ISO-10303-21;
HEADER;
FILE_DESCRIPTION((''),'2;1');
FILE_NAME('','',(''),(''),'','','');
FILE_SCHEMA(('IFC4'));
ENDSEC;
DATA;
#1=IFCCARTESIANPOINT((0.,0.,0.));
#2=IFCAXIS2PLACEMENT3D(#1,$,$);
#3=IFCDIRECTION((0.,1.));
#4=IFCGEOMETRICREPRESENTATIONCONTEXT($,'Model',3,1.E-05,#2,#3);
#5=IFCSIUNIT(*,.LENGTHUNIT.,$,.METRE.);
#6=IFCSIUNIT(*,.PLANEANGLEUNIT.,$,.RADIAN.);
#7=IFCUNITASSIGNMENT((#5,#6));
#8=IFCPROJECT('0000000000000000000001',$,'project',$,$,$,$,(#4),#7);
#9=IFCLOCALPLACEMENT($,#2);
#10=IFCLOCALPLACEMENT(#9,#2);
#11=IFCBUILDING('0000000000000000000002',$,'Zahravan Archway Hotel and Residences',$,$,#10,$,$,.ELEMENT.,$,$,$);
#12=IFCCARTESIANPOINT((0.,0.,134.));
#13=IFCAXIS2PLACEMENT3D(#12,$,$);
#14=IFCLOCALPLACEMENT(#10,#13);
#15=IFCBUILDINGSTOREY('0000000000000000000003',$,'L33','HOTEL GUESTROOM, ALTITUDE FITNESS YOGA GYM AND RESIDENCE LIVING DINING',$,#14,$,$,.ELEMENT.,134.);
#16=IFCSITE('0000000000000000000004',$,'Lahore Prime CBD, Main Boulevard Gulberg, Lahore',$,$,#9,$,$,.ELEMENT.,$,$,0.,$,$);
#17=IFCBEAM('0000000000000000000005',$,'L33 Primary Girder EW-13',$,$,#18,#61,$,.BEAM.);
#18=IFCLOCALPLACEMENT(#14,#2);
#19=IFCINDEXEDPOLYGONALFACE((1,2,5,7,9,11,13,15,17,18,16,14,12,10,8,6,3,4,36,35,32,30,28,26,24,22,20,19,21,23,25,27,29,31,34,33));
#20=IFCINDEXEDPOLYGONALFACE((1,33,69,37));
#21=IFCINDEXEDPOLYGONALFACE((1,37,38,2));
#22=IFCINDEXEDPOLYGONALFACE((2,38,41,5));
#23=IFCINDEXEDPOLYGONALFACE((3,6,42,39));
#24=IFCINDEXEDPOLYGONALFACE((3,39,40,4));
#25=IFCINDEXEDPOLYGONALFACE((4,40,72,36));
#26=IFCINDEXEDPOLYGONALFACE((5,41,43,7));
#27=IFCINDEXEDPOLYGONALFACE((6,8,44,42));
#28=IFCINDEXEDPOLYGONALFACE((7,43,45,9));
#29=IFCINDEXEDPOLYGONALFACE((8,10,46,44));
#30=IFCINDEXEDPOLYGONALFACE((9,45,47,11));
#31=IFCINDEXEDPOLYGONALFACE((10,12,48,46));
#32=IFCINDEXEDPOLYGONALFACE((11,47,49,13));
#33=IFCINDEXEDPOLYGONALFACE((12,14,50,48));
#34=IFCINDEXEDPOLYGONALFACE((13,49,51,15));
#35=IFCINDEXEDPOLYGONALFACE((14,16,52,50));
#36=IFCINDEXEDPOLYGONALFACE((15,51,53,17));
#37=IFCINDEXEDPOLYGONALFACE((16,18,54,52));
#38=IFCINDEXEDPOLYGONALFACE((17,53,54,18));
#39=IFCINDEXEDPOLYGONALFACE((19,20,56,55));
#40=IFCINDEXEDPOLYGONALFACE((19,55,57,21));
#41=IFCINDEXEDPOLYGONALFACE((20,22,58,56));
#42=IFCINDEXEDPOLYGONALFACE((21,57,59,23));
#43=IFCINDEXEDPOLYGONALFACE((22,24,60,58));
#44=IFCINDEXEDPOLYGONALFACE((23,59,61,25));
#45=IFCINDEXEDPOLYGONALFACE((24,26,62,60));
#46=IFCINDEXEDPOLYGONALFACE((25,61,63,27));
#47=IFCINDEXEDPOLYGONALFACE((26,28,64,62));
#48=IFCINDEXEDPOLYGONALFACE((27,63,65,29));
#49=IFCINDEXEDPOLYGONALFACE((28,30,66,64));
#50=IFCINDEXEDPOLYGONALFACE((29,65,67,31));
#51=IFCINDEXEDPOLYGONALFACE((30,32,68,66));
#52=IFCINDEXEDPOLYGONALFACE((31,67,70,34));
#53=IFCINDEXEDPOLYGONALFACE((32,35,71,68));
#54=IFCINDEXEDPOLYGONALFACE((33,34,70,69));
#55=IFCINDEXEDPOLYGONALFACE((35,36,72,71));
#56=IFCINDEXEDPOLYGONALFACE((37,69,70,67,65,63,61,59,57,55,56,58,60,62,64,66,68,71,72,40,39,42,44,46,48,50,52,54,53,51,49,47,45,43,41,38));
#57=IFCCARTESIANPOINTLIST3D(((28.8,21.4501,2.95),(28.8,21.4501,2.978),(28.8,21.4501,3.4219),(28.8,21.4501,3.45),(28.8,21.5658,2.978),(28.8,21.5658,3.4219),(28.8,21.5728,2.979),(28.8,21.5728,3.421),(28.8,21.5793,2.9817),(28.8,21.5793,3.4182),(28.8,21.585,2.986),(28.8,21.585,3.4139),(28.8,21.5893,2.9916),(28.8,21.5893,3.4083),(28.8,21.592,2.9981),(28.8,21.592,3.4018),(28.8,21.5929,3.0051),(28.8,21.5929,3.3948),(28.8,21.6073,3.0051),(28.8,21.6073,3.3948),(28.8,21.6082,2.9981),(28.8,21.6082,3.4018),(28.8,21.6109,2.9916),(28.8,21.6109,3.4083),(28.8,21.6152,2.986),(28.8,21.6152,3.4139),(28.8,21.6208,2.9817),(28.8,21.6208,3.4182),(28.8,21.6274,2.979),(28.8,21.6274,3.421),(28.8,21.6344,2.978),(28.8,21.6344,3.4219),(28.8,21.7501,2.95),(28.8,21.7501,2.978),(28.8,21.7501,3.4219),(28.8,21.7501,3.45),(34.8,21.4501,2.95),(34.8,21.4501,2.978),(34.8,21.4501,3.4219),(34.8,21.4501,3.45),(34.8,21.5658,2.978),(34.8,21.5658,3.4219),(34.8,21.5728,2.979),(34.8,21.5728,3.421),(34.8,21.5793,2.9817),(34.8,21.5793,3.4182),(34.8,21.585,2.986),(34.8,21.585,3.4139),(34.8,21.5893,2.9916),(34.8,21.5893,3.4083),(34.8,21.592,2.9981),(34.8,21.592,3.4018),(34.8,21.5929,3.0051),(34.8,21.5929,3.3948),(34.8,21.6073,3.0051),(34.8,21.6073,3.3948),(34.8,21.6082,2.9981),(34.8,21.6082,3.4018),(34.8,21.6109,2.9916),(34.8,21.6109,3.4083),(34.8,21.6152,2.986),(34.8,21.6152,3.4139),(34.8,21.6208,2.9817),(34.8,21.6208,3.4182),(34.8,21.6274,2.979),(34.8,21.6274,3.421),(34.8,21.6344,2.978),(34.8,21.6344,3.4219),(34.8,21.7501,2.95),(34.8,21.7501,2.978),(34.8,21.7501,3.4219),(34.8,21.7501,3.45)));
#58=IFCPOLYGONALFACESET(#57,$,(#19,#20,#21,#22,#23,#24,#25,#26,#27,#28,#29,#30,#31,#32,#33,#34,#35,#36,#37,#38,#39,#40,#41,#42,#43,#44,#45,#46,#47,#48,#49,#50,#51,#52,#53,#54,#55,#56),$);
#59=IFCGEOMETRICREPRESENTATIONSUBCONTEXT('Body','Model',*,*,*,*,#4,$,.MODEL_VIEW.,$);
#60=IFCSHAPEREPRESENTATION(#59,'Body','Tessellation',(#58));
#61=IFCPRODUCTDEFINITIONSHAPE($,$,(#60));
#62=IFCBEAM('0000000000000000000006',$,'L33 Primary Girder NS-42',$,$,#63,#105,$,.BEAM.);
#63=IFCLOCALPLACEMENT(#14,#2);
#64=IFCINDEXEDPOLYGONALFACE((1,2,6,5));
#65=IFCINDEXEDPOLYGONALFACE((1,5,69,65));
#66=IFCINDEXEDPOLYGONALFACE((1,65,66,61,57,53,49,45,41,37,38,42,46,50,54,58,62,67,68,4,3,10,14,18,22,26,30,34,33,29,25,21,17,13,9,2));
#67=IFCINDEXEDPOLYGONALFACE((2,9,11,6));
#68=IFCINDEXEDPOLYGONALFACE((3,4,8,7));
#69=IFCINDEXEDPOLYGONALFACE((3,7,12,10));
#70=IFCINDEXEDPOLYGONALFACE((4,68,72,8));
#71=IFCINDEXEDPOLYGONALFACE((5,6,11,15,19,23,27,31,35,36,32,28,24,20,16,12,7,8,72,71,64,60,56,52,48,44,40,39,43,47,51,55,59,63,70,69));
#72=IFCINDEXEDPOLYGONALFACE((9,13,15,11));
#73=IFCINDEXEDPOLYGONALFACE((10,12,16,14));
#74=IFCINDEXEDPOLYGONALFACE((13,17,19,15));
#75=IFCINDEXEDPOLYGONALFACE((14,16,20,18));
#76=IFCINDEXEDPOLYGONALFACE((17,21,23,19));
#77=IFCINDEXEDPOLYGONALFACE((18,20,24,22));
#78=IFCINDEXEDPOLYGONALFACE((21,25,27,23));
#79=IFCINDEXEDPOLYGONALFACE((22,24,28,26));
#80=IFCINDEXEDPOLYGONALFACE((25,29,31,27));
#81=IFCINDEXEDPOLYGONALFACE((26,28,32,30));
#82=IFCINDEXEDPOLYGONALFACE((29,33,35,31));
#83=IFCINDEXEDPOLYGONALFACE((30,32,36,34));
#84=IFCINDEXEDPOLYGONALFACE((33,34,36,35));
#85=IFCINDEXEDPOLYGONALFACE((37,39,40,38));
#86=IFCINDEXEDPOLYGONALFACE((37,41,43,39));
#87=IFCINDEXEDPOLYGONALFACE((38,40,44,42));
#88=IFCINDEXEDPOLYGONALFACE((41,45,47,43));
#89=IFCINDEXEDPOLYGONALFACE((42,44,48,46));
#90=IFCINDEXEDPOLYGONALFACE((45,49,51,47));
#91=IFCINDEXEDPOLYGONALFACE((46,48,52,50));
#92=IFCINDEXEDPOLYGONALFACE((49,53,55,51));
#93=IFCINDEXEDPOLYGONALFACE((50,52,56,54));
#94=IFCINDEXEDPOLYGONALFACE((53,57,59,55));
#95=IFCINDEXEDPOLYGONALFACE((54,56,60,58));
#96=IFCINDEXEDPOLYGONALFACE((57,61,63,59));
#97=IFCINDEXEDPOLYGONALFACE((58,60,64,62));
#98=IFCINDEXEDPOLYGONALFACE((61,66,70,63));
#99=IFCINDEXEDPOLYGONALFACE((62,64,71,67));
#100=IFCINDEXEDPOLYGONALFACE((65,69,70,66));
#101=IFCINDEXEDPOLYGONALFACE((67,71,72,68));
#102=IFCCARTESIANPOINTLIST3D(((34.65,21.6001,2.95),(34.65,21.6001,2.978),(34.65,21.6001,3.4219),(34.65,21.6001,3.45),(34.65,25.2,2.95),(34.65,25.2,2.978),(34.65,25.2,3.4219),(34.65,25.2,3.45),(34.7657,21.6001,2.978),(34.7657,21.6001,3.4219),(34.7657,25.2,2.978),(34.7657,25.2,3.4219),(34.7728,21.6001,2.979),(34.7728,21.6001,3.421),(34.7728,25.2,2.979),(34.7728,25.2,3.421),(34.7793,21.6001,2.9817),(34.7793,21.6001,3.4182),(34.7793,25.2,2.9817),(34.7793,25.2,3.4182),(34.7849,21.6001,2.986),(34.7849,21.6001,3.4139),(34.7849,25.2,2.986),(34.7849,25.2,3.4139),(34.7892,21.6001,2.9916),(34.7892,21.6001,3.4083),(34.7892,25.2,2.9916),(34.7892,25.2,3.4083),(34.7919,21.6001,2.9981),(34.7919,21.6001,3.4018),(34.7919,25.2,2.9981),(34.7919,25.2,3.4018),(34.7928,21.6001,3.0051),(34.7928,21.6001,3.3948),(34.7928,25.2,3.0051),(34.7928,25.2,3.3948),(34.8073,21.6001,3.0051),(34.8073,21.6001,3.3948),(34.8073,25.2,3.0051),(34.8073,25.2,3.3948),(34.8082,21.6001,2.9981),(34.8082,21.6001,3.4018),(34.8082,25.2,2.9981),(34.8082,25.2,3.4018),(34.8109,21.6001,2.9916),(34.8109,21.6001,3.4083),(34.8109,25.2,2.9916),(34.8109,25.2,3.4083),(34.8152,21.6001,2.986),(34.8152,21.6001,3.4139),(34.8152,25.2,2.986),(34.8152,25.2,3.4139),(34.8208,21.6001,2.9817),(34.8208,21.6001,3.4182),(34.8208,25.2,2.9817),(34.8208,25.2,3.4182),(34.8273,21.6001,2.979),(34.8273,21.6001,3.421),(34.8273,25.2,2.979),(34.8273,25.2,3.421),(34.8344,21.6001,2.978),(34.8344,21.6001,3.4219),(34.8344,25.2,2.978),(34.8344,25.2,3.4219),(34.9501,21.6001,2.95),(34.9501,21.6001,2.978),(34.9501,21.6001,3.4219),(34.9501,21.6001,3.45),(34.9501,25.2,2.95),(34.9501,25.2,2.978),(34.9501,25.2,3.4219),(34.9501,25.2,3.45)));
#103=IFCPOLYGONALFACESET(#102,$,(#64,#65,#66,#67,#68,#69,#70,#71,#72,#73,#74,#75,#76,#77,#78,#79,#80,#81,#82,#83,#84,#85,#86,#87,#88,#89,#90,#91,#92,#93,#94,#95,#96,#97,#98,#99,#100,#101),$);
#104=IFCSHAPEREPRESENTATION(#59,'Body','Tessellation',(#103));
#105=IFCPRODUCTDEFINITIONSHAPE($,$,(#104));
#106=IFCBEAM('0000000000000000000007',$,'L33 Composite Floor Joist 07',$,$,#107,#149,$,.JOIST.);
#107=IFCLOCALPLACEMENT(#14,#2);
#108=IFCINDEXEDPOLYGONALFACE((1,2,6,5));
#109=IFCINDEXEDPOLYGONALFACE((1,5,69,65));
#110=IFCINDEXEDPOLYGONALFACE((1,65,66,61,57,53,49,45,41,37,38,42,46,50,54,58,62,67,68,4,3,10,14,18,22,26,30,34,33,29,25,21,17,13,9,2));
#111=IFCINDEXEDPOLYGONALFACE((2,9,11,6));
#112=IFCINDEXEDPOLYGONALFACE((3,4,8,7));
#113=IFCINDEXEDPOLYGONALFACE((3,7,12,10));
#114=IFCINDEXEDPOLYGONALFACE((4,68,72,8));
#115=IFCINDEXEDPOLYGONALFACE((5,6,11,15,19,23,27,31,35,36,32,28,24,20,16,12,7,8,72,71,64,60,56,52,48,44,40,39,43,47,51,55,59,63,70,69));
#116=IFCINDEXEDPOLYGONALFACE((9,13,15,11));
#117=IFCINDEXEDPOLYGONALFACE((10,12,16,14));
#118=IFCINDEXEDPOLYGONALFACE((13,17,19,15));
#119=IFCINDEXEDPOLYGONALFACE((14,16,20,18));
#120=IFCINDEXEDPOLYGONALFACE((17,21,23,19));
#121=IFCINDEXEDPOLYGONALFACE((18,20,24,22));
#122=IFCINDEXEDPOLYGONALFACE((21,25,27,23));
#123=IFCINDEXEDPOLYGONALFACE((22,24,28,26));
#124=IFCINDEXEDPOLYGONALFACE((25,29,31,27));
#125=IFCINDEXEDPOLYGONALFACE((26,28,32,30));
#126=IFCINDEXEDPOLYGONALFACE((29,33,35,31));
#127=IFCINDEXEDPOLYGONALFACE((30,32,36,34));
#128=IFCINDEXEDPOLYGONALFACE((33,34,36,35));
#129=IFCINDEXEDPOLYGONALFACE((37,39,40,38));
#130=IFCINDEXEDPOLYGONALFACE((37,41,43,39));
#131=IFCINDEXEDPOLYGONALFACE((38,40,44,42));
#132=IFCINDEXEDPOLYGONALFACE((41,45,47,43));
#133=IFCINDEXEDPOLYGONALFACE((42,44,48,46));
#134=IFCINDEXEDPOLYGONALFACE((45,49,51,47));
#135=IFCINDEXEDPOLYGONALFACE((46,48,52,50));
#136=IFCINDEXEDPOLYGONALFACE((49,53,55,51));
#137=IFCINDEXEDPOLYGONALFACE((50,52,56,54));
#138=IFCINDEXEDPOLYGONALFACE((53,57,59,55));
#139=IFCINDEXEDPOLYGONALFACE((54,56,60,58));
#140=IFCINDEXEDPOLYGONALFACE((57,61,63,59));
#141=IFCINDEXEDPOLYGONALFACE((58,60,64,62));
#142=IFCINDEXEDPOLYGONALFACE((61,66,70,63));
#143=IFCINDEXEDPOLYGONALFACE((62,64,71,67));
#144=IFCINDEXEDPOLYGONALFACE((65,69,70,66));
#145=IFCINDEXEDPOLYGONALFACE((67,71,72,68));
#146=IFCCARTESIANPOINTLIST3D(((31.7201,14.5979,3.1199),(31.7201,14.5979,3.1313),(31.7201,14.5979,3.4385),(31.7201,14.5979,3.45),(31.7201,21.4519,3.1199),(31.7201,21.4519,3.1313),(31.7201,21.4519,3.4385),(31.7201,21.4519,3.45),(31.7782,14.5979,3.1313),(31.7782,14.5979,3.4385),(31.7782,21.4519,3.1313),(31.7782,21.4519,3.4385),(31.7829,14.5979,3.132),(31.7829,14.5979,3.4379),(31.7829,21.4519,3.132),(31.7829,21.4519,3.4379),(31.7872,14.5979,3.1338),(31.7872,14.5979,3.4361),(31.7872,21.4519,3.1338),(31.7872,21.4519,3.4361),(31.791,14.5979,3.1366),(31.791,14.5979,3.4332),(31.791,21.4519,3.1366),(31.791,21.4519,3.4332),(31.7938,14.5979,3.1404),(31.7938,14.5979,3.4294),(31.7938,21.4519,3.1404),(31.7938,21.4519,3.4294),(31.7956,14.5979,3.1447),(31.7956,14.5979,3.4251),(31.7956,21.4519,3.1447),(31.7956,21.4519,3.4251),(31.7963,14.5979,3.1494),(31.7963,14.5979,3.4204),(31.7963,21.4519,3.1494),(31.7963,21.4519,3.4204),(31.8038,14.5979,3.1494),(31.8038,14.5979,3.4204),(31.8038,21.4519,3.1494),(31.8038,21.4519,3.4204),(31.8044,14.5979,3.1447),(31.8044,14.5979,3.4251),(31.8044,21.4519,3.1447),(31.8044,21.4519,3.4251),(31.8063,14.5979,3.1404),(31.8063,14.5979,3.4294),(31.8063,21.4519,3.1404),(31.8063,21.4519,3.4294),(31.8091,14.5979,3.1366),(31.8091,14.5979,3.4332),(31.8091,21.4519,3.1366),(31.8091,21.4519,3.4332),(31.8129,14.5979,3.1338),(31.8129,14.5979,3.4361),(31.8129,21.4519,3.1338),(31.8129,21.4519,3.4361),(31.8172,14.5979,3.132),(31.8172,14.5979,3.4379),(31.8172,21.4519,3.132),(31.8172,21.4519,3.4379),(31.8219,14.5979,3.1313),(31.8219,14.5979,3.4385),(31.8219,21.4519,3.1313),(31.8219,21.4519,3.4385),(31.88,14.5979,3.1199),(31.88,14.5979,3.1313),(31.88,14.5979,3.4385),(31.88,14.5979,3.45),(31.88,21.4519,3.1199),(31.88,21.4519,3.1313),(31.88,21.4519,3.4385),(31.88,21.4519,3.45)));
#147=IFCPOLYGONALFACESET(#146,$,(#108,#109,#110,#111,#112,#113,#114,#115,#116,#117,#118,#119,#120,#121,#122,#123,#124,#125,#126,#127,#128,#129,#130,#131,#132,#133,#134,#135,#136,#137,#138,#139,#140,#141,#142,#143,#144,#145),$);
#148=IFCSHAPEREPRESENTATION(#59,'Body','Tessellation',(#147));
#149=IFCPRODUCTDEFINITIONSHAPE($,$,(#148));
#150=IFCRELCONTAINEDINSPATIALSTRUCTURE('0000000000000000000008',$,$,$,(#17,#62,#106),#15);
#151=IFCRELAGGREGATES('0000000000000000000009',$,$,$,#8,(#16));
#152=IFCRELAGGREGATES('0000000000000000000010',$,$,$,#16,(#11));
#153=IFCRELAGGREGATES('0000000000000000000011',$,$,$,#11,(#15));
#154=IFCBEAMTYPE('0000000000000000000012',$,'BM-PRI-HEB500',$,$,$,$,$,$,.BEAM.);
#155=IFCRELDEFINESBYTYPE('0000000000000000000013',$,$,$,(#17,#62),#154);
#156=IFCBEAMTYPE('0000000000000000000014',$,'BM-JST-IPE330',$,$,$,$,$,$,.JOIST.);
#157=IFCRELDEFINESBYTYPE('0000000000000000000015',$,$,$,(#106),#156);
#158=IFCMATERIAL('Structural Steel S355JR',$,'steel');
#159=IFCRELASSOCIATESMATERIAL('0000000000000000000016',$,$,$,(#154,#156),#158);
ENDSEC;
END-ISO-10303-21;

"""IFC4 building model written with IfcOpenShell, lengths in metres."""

from ifc_helpers import new_model, si_unit, direction, frame, origin, origin_2d, place, context, subcontext, project, spatial, i_section, extrude, source, transform, mapped, material, material_profile, profile_set, type_object, element, save


model = new_model("IFC4")

# Units and contexts
model_context = context("Model", 3, precision=1e-05, world=origin(), true_north=direction((0.0, 1.0)))
body_context = subcontext(model_context, "Body", "Model", "MODEL_VIEW")
ifc_project = project(units=[si_unit("LENGTHUNIT", "METRE"), si_unit("PLANEANGLEUNIT", "RADIAN")], contexts=[model_context])

# Site, building, storey
site_placement = place(None, origin())
site = spatial("IfcSite", under=ifc_project, at=site_placement, Name="Lahore Prime CBD, Main Boulevard Gulberg, Lahore", CompositionType="ELEMENT", RefElevation=0.0)
building_placement = place(site_placement, origin())
building = spatial("IfcBuilding", under=site, at=building_placement, Name="Zahravan Archway Hotel and Residences", CompositionType="ELEMENT")
storey_placement = place(building_placement, frame((0.0, 0.0, 134.0)))
storey = spatial("IfcBuildingStorey", under=building, at=storey_placement, Name="L33", Description="HOTEL GUESTROOM, ALTITUDE FITNESS YOGA GYM AND RESIDENCE LIVING DINING", CompositionType="ELEMENT", Elevation=134.0)

# Beams
ifc_material_1 = material(Name="Structural Steel S355JR", Category="steel")
ifc_material_profile_1 = material_profile(ifc_material_1, i_section(OverallWidth=0.3, OverallDepth=0.5, WebThickness=0.0144, FlangeThickness=0.0281, FilletRadius=0.0271, at=origin_2d()), Name="HEB 500", Category="steel")
ifc_profile_set_1 = profile_set([ifc_material_profile_1], Name="Structural Steel S355JR")
beam_type_1 = type_object("IfcBeamType", Name="BM-PRI-HEB500", PredefinedType="BEAM", material=ifc_profile_set_1)
shared_shape_1 = source(origin(), body_context, "Body", "SweptSolid", [
    extrude(i_section(OverallWidth=0.3, OverallDepth=0.5, WebThickness=0.0144, FlangeThickness=0.0281, FilletRadius=0.0271, at=origin_2d()), origin(), (0.0, 0.0, 1.0), 6.0),
])
beam_1_placement = place(storey_placement, frame((28.8, 21.6001, 3.2), z_axis=(1.0, 0.0, 0.0), x_axis=(0.0, 1.0, 0.0)))
element("IfcBeam", 1, at=beam_1_placement, inside=storey, type_object=beam_type_1, Name="L33 Primary Girder EW-13", PredefinedType="BEAM", context=body_context, shape_type="MappedRepresentation", body=[
    mapped(shared_shape_1, transform((0.0, 0.0, 0.0), scale=1.0)),
])
shared_shape_2 = source(origin(), body_context, "Body", "SweptSolid", [
    extrude(i_section(OverallWidth=0.3, OverallDepth=0.5, WebThickness=0.0144, FlangeThickness=0.0281, FilletRadius=0.0271, at=origin_2d()), origin(), (0.0, 0.0, 1.0), 3.5999),
])
beam_2_placement = place(storey_placement, frame((34.8, 21.6001, 3.2), z_axis=(0.0, 1.0, 0.0), x_axis=(-1.0, 0.0, 0.0)))
element("IfcBeam", 2, at=beam_2_placement, inside=storey, type_object=beam_type_1, Name="L33 Primary Girder NS-42", PredefinedType="BEAM", context=body_context, shape_type="MappedRepresentation", body=[
    mapped(shared_shape_2, transform((0.0, 0.0, 0.0), scale=1.0)),
])
ifc_material_profile_2 = material_profile(ifc_material_1, i_section(OverallWidth=0.1599, OverallDepth=0.3301, WebThickness=0.0076, FlangeThickness=0.0115, FilletRadius=0.0181, at=origin_2d()), Name="IPE 330", Category="steel")
ifc_profile_set_2 = profile_set([ifc_material_profile_2], Name="Structural Steel S355JR")
beam_type_2 = type_object("IfcBeamType", Name="BM-JST-IPE330", PredefinedType="JOIST", material=ifc_profile_set_2)
shared_shape_3 = source(origin(), body_context, "Body", "SweptSolid", [
    extrude(i_section(OverallWidth=0.1599, OverallDepth=0.3301, WebThickness=0.0076, FlangeThickness=0.0115, FilletRadius=0.0181, at=origin_2d()), origin(), (0.0, 0.0, 1.0), 6.854),
])
beam_3_placement = place(storey_placement, frame((31.8, 14.5979, 3.2849), z_axis=(0.0, 1.0, 0.0), x_axis=(-1.0, 0.0, 0.0)))
element("IfcBeam", 3, at=beam_3_placement, inside=storey, type_object=beam_type_2, Name="L33 Composite Floor Joist 07", PredefinedType="JOIST", context=body_context, shape_type="MappedRepresentation", body=[
    mapped(shared_shape_3, transform((0.0, 0.0, 0.0), scale=1.0)),
])

save(model, "model.ifc")
